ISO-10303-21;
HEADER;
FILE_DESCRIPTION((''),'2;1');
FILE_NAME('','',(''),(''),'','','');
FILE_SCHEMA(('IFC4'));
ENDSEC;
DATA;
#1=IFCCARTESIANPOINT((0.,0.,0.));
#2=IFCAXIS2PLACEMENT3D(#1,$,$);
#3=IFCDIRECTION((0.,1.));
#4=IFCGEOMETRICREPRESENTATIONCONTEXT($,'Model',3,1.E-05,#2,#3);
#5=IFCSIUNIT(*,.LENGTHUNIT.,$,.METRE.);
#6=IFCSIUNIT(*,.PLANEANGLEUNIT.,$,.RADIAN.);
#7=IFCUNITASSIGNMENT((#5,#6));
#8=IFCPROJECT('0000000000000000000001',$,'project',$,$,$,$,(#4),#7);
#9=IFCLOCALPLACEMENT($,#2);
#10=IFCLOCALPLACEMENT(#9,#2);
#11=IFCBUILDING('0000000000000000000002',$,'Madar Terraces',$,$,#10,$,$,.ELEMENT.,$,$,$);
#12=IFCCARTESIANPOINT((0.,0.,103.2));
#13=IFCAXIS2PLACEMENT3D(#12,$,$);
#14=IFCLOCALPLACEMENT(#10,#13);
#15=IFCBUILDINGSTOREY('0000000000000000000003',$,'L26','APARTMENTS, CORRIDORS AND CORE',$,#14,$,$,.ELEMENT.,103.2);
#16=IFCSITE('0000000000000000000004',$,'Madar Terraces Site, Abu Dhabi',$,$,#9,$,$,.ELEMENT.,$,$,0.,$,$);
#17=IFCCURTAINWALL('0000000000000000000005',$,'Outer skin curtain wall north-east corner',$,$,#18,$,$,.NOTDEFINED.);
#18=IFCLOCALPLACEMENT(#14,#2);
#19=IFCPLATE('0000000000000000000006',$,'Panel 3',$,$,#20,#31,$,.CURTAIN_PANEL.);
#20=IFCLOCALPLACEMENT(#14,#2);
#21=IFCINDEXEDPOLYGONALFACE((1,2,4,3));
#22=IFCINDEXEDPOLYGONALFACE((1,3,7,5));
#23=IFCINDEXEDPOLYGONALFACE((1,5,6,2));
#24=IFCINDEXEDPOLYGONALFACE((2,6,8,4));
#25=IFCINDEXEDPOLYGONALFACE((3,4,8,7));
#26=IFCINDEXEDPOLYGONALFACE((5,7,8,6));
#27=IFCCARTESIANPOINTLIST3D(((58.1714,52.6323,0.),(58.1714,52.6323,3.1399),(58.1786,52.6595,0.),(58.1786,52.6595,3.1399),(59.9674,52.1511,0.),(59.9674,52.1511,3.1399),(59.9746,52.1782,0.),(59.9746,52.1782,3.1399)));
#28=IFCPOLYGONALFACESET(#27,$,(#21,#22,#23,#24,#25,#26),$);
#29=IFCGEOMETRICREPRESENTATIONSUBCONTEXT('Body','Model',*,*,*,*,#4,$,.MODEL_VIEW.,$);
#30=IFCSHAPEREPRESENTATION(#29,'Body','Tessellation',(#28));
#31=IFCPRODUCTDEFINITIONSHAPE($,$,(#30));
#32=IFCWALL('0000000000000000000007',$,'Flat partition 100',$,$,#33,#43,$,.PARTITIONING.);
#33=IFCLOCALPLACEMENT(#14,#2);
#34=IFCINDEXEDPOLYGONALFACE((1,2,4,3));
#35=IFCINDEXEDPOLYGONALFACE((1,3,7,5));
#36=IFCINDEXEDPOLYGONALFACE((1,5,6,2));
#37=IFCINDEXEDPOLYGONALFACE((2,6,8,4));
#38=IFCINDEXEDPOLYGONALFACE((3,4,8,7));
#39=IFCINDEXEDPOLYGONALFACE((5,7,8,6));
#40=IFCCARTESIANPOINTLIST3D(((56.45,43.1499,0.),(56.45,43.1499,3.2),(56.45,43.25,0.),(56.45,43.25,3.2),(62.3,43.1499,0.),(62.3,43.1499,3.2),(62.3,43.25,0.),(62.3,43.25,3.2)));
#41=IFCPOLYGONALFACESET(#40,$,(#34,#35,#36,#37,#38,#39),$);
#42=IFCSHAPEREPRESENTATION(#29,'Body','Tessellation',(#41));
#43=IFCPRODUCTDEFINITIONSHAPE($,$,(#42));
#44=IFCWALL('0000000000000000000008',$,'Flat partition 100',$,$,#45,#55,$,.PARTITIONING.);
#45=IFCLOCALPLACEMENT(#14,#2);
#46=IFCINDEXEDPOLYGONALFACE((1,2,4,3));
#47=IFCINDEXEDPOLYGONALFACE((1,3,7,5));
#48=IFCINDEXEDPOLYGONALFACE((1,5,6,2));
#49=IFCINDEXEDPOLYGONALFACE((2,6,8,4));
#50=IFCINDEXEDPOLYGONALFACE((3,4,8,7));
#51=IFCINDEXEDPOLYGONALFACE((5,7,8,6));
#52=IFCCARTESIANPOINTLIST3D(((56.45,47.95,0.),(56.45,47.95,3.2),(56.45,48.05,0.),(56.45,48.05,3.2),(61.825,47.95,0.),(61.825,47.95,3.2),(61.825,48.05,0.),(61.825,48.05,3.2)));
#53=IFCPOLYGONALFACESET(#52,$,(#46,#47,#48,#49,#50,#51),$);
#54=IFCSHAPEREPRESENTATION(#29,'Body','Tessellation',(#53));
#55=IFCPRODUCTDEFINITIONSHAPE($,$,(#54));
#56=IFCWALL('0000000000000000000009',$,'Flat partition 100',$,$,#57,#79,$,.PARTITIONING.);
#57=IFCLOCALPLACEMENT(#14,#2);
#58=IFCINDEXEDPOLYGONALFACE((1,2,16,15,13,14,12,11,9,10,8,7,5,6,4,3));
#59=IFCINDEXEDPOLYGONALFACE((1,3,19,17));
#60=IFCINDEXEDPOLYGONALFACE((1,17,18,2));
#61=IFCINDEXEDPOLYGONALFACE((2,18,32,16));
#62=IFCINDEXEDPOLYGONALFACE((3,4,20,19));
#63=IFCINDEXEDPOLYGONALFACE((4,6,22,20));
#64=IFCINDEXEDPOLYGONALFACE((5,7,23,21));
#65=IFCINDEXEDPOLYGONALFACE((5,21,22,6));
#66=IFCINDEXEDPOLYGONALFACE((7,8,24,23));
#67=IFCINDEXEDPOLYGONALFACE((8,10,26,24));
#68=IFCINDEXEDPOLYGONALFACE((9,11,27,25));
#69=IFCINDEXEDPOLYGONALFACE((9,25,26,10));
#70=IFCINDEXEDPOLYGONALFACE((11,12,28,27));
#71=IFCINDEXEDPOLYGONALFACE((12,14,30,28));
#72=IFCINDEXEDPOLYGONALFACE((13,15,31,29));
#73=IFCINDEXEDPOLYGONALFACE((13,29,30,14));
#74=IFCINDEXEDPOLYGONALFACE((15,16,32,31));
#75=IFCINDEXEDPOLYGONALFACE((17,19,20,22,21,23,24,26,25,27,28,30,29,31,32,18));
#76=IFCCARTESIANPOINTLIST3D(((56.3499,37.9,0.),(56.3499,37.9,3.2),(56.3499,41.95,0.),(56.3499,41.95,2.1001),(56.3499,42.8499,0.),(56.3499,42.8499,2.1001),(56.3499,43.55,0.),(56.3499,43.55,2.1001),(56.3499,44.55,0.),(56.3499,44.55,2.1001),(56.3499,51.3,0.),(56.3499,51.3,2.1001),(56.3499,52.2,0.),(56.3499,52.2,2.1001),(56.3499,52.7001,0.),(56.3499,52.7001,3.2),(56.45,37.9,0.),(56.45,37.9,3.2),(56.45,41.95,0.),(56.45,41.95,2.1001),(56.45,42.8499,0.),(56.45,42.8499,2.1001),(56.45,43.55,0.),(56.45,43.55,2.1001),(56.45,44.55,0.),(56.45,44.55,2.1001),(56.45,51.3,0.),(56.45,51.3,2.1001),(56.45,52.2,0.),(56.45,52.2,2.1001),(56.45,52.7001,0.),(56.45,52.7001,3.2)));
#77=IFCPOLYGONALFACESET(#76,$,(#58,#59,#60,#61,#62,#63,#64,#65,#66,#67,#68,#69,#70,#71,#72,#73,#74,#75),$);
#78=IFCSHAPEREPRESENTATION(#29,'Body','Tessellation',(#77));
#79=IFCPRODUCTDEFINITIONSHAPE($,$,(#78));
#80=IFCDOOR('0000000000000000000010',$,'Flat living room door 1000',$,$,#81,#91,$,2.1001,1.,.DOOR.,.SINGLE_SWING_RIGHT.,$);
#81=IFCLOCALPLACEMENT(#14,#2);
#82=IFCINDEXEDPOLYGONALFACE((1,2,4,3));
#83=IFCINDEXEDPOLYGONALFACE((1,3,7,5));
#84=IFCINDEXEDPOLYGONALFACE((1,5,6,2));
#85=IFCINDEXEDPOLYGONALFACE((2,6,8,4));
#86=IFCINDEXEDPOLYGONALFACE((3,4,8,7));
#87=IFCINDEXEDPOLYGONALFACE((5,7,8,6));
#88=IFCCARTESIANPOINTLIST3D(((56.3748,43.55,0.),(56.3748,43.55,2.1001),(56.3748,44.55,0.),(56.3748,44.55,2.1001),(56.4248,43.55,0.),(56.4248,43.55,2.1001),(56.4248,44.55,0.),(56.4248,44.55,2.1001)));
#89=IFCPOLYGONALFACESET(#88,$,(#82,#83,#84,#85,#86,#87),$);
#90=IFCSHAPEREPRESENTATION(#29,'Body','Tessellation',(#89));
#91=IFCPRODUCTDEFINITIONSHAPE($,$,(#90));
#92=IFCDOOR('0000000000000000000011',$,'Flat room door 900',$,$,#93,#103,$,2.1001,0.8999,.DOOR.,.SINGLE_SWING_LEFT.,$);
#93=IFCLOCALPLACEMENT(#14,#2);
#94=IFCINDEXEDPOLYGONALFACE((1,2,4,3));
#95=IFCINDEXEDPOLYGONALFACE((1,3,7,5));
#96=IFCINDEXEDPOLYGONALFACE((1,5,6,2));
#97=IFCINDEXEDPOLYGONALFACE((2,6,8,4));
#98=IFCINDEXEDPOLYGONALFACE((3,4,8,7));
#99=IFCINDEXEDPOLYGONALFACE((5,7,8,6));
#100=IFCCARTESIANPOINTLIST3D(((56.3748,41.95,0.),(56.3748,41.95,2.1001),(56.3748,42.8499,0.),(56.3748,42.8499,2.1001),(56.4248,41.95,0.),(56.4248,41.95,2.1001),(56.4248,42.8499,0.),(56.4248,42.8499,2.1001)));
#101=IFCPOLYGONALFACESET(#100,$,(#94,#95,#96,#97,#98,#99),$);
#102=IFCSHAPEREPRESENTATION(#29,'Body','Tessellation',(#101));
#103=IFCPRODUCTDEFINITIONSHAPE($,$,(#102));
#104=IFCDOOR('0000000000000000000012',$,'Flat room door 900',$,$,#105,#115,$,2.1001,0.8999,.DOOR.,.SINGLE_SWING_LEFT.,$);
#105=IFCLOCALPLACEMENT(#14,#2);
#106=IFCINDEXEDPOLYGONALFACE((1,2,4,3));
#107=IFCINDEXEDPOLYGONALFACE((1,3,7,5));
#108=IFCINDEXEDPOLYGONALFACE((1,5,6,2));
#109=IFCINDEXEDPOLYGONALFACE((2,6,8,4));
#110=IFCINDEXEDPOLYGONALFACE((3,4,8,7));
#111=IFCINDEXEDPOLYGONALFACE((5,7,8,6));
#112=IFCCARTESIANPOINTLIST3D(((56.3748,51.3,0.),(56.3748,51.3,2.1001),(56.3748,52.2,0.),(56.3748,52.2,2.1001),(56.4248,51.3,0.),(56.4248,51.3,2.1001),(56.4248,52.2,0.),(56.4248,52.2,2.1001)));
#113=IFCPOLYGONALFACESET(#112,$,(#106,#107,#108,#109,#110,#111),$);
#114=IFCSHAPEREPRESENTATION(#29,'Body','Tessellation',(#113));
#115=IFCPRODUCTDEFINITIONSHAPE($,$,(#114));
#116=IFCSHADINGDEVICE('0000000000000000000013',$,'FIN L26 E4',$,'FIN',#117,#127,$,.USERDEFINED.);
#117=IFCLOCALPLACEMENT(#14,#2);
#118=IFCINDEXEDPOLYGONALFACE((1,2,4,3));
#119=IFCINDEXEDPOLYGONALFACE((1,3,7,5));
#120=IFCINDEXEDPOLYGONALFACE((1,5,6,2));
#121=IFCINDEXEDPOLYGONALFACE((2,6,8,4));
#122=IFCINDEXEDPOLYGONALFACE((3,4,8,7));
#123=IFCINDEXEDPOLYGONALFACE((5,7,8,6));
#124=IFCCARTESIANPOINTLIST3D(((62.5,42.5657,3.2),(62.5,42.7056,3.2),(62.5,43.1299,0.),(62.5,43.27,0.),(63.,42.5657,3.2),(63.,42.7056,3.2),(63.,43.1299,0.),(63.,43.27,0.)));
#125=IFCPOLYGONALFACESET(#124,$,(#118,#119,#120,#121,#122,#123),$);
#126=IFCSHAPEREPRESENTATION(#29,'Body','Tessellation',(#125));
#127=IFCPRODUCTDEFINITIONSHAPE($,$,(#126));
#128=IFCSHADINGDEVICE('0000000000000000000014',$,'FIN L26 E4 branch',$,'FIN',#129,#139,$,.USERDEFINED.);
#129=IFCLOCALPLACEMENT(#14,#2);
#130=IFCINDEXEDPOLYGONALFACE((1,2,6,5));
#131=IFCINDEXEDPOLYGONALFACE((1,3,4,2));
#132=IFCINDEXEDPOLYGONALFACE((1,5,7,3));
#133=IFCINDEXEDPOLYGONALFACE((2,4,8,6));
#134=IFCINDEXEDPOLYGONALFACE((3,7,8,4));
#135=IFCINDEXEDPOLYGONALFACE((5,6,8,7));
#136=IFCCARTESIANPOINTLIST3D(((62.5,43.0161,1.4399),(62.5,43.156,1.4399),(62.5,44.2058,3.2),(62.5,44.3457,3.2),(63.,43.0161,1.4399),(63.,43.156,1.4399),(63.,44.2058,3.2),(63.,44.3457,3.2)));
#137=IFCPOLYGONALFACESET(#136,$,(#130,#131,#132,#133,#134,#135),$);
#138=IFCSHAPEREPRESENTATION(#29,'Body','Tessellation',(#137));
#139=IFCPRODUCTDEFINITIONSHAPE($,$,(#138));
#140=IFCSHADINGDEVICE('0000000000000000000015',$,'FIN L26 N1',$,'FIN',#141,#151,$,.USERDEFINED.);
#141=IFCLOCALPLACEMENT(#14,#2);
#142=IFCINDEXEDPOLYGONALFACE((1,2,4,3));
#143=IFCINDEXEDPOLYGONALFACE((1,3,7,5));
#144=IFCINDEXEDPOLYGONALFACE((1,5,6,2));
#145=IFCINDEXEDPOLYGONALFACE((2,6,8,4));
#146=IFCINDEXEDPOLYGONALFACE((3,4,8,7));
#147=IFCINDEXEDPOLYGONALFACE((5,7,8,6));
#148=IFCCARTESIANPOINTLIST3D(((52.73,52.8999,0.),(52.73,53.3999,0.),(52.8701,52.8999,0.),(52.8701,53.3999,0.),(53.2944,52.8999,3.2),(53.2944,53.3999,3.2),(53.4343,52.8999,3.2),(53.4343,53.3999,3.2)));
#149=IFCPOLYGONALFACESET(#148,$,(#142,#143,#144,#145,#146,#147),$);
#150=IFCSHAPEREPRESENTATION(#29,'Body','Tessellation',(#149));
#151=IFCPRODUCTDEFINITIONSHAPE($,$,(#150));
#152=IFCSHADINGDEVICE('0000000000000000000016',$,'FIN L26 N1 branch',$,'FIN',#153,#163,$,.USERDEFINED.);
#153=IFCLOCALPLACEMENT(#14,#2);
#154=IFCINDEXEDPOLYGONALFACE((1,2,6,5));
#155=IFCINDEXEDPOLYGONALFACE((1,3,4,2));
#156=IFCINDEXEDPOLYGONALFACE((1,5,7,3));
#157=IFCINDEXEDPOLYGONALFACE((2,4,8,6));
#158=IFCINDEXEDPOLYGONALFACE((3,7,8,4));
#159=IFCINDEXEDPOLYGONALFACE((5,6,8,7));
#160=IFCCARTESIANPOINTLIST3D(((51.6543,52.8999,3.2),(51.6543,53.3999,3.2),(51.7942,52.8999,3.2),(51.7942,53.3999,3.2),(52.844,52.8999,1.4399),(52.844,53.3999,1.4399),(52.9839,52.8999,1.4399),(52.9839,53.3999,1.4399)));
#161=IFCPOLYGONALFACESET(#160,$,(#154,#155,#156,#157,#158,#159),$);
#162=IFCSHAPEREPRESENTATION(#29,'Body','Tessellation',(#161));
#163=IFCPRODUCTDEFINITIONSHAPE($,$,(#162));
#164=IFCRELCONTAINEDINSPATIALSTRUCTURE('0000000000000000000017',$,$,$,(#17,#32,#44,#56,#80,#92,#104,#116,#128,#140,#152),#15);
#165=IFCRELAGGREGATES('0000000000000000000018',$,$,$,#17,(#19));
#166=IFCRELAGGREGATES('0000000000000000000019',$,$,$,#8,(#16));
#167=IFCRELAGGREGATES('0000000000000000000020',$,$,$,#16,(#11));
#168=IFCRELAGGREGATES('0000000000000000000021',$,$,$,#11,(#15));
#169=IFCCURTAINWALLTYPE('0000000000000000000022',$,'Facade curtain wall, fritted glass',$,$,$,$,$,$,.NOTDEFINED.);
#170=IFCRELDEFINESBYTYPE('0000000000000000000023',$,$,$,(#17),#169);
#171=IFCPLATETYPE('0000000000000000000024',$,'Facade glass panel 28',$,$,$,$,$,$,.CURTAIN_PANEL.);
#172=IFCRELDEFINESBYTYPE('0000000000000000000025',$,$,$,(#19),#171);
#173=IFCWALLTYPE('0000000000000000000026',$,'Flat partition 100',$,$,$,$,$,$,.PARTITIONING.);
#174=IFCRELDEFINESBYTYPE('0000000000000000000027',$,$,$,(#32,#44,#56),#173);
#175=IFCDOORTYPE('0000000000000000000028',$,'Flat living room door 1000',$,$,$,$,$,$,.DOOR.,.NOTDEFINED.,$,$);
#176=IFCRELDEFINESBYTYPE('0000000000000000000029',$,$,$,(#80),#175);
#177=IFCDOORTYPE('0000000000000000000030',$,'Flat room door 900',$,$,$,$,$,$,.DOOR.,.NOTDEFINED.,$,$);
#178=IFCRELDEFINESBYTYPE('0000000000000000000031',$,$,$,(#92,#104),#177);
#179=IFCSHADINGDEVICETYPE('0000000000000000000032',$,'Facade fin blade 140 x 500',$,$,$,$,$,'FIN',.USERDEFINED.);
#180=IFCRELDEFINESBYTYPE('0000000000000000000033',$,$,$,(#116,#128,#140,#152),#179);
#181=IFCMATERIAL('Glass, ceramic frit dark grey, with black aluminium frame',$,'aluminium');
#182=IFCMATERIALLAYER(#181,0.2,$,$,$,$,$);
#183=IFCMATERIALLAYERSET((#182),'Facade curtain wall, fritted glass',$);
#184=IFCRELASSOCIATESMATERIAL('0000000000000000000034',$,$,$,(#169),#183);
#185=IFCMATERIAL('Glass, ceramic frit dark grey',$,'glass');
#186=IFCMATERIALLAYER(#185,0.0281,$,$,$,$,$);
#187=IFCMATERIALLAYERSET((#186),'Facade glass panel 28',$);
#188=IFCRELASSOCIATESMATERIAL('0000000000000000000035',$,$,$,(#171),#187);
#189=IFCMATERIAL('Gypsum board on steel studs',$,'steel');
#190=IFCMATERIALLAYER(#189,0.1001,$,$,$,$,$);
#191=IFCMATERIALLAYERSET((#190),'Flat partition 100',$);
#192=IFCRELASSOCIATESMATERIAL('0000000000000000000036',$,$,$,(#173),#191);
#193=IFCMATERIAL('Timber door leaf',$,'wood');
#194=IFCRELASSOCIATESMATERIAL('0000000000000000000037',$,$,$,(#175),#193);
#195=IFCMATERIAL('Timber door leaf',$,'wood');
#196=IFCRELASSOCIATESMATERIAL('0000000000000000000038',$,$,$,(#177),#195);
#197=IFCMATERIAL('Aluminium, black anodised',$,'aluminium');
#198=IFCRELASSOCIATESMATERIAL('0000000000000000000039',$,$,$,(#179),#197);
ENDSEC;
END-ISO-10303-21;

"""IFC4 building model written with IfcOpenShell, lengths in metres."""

from ifc_helpers import new_model, si_unit, direction, frame, frame_2d, origin, origin_2d, place, context, subcontext, project, spatial, polyline, rectangle, outline, extrude, material, layer, layer_set, type_object, element, fill, aggregate, save


model = new_model("IFC4")

# Units and contexts
model_context = context("Model", 3, precision=1e-05, world=origin(), true_north=direction((0.0, 1.0)))
body_context = subcontext(model_context, "Body", "Model", "MODEL_VIEW")
ifc_project = project(units=[si_unit("LENGTHUNIT", "METRE"), si_unit("PLANEANGLEUNIT", "RADIAN")], contexts=[model_context])

# Site, building, storey
site_placement = place(None, origin())
site = spatial("IfcSite", under=ifc_project, at=site_placement, Name="Madar Terraces Site, Abu Dhabi", CompositionType="ELEMENT", RefElevation=0.0)
building_placement = place(site_placement, origin())
building = spatial("IfcBuilding", under=site, at=building_placement, Name="Madar Terraces", CompositionType="ELEMENT")
storey_placement = place(building_placement, frame((0.0, 0.0, 103.2)))
storey = spatial("IfcBuildingStorey", under=building, at=storey_placement, Name="L26", Description="APARTMENTS, CORRIDORS AND CORE", CompositionType="ELEMENT", Elevation=103.2)

# Shared definitions
ifc_material_1 = material(Name="Glass, ceramic frit dark grey, with black aluminium frame", Category="aluminium")
ifc_layer_1 = layer(ifc_material_1, 0.2)
ifc_layer_set_1 = layer_set([ifc_layer_1], Name="Facade curtain wall, fritted glass")
curtain_wall_type = type_object("IfcCurtainWallType", Name="Facade curtain wall, fritted glass", PredefinedType="NOTDEFINED", material=ifc_layer_set_1)

# Curtain wall
curtain_wall_1_placement = place(storey_placement, origin())
curtain_wall_1 = element("IfcCurtainWall", 1, at=curtain_wall_1_placement, inside=storey, type_object=curtain_wall_type, Name="Outer skin curtain wall north-east corner", PredefinedType="NOTDEFINED")

# Plate
ifc_material_2 = material(Name="Glass, ceramic frit dark grey", Category="glass")
ifc_layer_2 = layer(ifc_material_2, 0.0281)
ifc_layer_set_2 = layer_set([ifc_layer_2], Name="Facade glass panel 28")
plate_type = type_object("IfcPlateType", Name="Facade glass panel 28", PredefinedType="CURTAIN_PANEL", material=ifc_layer_set_2)
plate_1_placement = place(storey_placement, frame((59.073, 52.4053, 0.0), z_axis=(0.0, 0.0, 1.0), x_axis=(-0.965926, 0.258819, 0.0)))
plate_1 = element("IfcPlate", 2, at=plate_1_placement, type_object=plate_type, Name="Panel 3", PredefinedType="CURTAIN_PANEL", context=body_context, shape_type="SweptSolid", body=[
    extrude(rectangle(XDim=1.8594, YDim=0.0281, at=origin_2d()), origin(), (0.0, 0.0, 1.0), 3.1399),
])
aggregate(curtain_wall_1, [plate_1])

# Walls
ifc_material_3 = material(Name="Gypsum board on steel studs", Category="steel")
ifc_layer_3 = layer(ifc_material_3, 0.1001)
ifc_layer_set_3 = layer_set([ifc_layer_3], Name="Flat partition 100")
wall_type_1 = type_object("IfcWallType", Name="Flat partition 100", PredefinedType="PARTITIONING", material=ifc_layer_set_3)
wall_1_placement = place(storey_placement, frame((56.45, 43.2, 0.0), z_axis=(0.0, 0.0, 1.0), x_axis=(1.0, 0.0, 0.0)))
element("IfcWall", 3, at=wall_1_placement, inside=storey, type_object=wall_type_1, Name="Flat partition 100", PredefinedType="PARTITIONING", context=body_context, shape_type="SweptSolid", body=[
    extrude(rectangle(XDim=5.8501, YDim=0.1001, at=frame_2d((2.925, 0.0))), origin(), (0.0, 0.0, 1.0), 3.2),
])
wall_2_placement = place(storey_placement, frame((56.45, 48.0, 0.0), z_axis=(0.0, 0.0, 1.0), x_axis=(1.0, 0.0, 0.0)))
element("IfcWall", 4, at=wall_2_placement, inside=storey, type_object=wall_type_1, Name="Flat partition 100", PredefinedType="PARTITIONING", context=body_context, shape_type="SweptSolid", body=[
    extrude(rectangle(XDim=5.375, YDim=0.1001, at=frame_2d((2.6875, 0.0))), origin(), (0.0, 0.0, 1.0), 3.2),
])

# Wall, openings, doors
wall_3_placement = place(storey_placement, frame((56.3999, 52.7, 0.0), z_axis=(0.0, 0.0, 1.0), x_axis=(0.0, -1.0, 0.0)))
wall_3 = element("IfcWall", 5, at=wall_3_placement, inside=storey, type_object=wall_type_1, Name="Flat partition 100", PredefinedType="PARTITIONING", context=body_context, shape_type="SweptSolid", body=[
    extrude(rectangle(XDim=14.8, YDim=0.1001, at=frame_2d((7.3999, 0.0))), origin(), (0.0, 0.0, 1.0), 3.2),
])
opening_1_placement = place(wall_3_placement, frame((9.8501, 0.0, 0.0)))
opening_1 = element("IfcOpeningElement", 6, at=opening_1_placement, cuts=wall_3, PredefinedType="OPENING", context=body_context, shape_type="SweptSolid", body=[
    extrude(rectangle(XDim=0.8999, YDim=2.1001, at=frame_2d((0.45, 1.05))), frame((0.0, 0.0601, 0.0), z_axis=(0.0, -1.0, 0.0), x_axis=(1.0, 0.0, 0.0)), (0.0, 0.0, 1.0), 0.1201),
])
opening_2_placement = place(wall_3_placement, frame((8.1499, 0.0, 0.0)))
opening_2 = element("IfcOpeningElement", 7, at=opening_2_placement, cuts=wall_3, PredefinedType="OPENING", context=body_context, shape_type="SweptSolid", body=[
    extrude(rectangle(XDim=1.0, YDim=2.1001, at=frame_2d((0.5, 1.05))), frame((0.0, 0.0601, 0.0), z_axis=(0.0, -1.0, 0.0), x_axis=(1.0, 0.0, 0.0)), (0.0, 0.0, 1.0), 0.1201),
])
opening_3_placement = place(wall_3_placement, frame((0.5, 0.0, 0.0)))
opening_3 = element("IfcOpeningElement", 8, at=opening_3_placement, cuts=wall_3, PredefinedType="OPENING", context=body_context, shape_type="SweptSolid", body=[
    extrude(rectangle(XDim=0.8999, YDim=2.1001, at=frame_2d((0.45, 1.05))), frame((0.0, 0.0601, 0.0), z_axis=(0.0, -1.0, 0.0), x_axis=(1.0, 0.0, 0.0)), (0.0, 0.0, 1.0), 0.1201),
])
ifc_material_4 = material(Name="Timber door leaf", Category="wood")
door_type_1 = type_object("IfcDoorType", Name="Flat living room door 1000", OperationType="NOTDEFINED", PredefinedType="DOOR", material=ifc_material_4)
door_1_placement = place(opening_2_placement, origin())
door_1 = element("IfcDoor", 9, at=door_1_placement, inside=storey, type_object=door_type_1, Name="Flat living room door 1000", OperationType="SINGLE_SWING_RIGHT", OverallHeight=2.1001, OverallWidth=1.0, PredefinedType="DOOR", context=body_context, shape_type="SweptSolid", body=[
    extrude(rectangle(XDim=1.0, YDim=2.1001, at=frame_2d((0.5, 1.05))), frame((0.0, 0.0249, 0.0), z_axis=(0.0, -1.0, 0.0), x_axis=(1.0, 0.0, 0.0)), (0.0, 0.0, 1.0), 0.05),
])
fill(opening_2, door_1)
ifc_material_5 = material(Name="Timber door leaf", Category="wood")
door_type_2 = type_object("IfcDoorType", Name="Flat room door 900", OperationType="NOTDEFINED", PredefinedType="DOOR", material=ifc_material_5)
door_2_placement = place(opening_1_placement, origin())
door_2 = element("IfcDoor", 10, at=door_2_placement, inside=storey, type_object=door_type_2, Name="Flat room door 900", OperationType="SINGLE_SWING_LEFT", OverallHeight=2.1001, OverallWidth=0.8999, PredefinedType="DOOR", context=body_context, shape_type="SweptSolid", body=[
    extrude(rectangle(XDim=0.8999, YDim=2.1001, at=frame_2d((0.45, 1.05))), frame((0.0, 0.0249, 0.0), z_axis=(0.0, -1.0, 0.0), x_axis=(1.0, 0.0, 0.0)), (0.0, 0.0, 1.0), 0.05),
])
fill(opening_1, door_2)
door_3_placement = place(opening_3_placement, origin())
door_3 = element("IfcDoor", 11, at=door_3_placement, inside=storey, type_object=door_type_2, Name="Flat room door 900", OperationType="SINGLE_SWING_LEFT", OverallHeight=2.1001, OverallWidth=0.8999, PredefinedType="DOOR", context=body_context, shape_type="SweptSolid", body=[
    extrude(rectangle(XDim=0.8999, YDim=2.1001, at=frame_2d((0.45, 1.05))), frame((0.0, 0.0249, 0.0), z_axis=(0.0, -1.0, 0.0), x_axis=(1.0, 0.0, 0.0)), (0.0, 0.0, 1.0), 0.05),
])
fill(opening_3, door_3)

# Shading devices
ifc_material_6 = material(Name="Aluminium, black anodised", Category="aluminium")
shading_device_type = type_object("IfcShadingDeviceType", Name="Facade fin blade 140 x 500", ElementType="FIN", PredefinedType="USERDEFINED", material=ifc_material_6)
shading_device_1_placement = place(storey_placement, frame((62.75, 43.1299, 0.0), z_axis=(0.0, 0.0, 1.0), x_axis=(0.0, 1.0, 0.0)))
element("IfcShadingDevice", 12, at=shading_device_1_placement, inside=storey, type_object=shading_device_type, Name="FIN L26 E4", ObjectType="FIN", PredefinedType="USERDEFINED", context=body_context, shape_type="SweptSolid", body=[
    extrude(outline(polyline([(0.0, 0.0), (0.1401, 0.0), (-0.4243, 3.2), (-0.5642, 3.2), (0.0, 0.0)])), frame((0.0, 0.25, 0.0), z_axis=(0.0, -1.0, 0.0), x_axis=(1.0, 0.0, 0.0)), (0.0, 0.0, 1.0), 0.5),
])
shading_device_2_placement = place(storey_placement, frame((62.75, 43.0161, 1.4399), z_axis=(0.0, 0.0, 1.0), x_axis=(0.0, 1.0, 0.0)))
element("IfcShadingDevice", 13, at=shading_device_2_placement, inside=storey, type_object=shading_device_type, Name="FIN L26 E4 branch", ObjectType="FIN", PredefinedType="USERDEFINED", context=body_context, shape_type="SweptSolid", body=[
    extrude(outline(polyline([(0.0, 0.0), (0.1399, 0.0), (1.3296, 1.76), (1.1897, 1.76), (0.0, 0.0)])), frame((0.0, 0.25, 0.0), z_axis=(0.0, -1.0, 0.0), x_axis=(1.0, 0.0, 0.0)), (0.0, 0.0, 1.0), 0.5),
])
shading_device_3_placement = place(storey_placement, frame((52.8701, 53.1499, 0.0), z_axis=(0.0, 0.0, 1.0), x_axis=(-1.0, 0.0, 0.0)))
element("IfcShadingDevice", 14, at=shading_device_3_placement, inside=storey, type_object=shading_device_type, Name="FIN L26 N1", ObjectType="FIN", PredefinedType="USERDEFINED", context=body_context, shape_type="SweptSolid", body=[
    extrude(outline(polyline([(0.0, 0.0), (0.1401, 0.0), (-0.4243, 3.2), (-0.5642, 3.2), (0.0, 0.0)])), frame((0.0, 0.25, 0.0), z_axis=(0.0, -1.0, 0.0), x_axis=(1.0, 0.0, 0.0)), (0.0, 0.0, 1.0), 0.5),
])
shading_device_4_placement = place(storey_placement, frame((52.9839, 53.1499, 1.4399), z_axis=(0.0, 0.0, 1.0), x_axis=(-1.0, 0.0, 0.0)))
element("IfcShadingDevice", 15, at=shading_device_4_placement, inside=storey, type_object=shading_device_type, Name="FIN L26 N1 branch", ObjectType="FIN", PredefinedType="USERDEFINED", context=body_context, shape_type="SweptSolid", body=[
    extrude(outline(polyline([(0.0, 0.0), (0.1399, 0.0), (1.3296, 1.76), (1.1897, 1.76), (0.0, 0.0)])), frame((0.0, 0.25, 0.0), z_axis=(0.0, -1.0, 0.0), x_axis=(1.0, 0.0, 0.0)), (0.0, 0.0, 1.0), 0.5),
])

save(model, "model.ifc")
